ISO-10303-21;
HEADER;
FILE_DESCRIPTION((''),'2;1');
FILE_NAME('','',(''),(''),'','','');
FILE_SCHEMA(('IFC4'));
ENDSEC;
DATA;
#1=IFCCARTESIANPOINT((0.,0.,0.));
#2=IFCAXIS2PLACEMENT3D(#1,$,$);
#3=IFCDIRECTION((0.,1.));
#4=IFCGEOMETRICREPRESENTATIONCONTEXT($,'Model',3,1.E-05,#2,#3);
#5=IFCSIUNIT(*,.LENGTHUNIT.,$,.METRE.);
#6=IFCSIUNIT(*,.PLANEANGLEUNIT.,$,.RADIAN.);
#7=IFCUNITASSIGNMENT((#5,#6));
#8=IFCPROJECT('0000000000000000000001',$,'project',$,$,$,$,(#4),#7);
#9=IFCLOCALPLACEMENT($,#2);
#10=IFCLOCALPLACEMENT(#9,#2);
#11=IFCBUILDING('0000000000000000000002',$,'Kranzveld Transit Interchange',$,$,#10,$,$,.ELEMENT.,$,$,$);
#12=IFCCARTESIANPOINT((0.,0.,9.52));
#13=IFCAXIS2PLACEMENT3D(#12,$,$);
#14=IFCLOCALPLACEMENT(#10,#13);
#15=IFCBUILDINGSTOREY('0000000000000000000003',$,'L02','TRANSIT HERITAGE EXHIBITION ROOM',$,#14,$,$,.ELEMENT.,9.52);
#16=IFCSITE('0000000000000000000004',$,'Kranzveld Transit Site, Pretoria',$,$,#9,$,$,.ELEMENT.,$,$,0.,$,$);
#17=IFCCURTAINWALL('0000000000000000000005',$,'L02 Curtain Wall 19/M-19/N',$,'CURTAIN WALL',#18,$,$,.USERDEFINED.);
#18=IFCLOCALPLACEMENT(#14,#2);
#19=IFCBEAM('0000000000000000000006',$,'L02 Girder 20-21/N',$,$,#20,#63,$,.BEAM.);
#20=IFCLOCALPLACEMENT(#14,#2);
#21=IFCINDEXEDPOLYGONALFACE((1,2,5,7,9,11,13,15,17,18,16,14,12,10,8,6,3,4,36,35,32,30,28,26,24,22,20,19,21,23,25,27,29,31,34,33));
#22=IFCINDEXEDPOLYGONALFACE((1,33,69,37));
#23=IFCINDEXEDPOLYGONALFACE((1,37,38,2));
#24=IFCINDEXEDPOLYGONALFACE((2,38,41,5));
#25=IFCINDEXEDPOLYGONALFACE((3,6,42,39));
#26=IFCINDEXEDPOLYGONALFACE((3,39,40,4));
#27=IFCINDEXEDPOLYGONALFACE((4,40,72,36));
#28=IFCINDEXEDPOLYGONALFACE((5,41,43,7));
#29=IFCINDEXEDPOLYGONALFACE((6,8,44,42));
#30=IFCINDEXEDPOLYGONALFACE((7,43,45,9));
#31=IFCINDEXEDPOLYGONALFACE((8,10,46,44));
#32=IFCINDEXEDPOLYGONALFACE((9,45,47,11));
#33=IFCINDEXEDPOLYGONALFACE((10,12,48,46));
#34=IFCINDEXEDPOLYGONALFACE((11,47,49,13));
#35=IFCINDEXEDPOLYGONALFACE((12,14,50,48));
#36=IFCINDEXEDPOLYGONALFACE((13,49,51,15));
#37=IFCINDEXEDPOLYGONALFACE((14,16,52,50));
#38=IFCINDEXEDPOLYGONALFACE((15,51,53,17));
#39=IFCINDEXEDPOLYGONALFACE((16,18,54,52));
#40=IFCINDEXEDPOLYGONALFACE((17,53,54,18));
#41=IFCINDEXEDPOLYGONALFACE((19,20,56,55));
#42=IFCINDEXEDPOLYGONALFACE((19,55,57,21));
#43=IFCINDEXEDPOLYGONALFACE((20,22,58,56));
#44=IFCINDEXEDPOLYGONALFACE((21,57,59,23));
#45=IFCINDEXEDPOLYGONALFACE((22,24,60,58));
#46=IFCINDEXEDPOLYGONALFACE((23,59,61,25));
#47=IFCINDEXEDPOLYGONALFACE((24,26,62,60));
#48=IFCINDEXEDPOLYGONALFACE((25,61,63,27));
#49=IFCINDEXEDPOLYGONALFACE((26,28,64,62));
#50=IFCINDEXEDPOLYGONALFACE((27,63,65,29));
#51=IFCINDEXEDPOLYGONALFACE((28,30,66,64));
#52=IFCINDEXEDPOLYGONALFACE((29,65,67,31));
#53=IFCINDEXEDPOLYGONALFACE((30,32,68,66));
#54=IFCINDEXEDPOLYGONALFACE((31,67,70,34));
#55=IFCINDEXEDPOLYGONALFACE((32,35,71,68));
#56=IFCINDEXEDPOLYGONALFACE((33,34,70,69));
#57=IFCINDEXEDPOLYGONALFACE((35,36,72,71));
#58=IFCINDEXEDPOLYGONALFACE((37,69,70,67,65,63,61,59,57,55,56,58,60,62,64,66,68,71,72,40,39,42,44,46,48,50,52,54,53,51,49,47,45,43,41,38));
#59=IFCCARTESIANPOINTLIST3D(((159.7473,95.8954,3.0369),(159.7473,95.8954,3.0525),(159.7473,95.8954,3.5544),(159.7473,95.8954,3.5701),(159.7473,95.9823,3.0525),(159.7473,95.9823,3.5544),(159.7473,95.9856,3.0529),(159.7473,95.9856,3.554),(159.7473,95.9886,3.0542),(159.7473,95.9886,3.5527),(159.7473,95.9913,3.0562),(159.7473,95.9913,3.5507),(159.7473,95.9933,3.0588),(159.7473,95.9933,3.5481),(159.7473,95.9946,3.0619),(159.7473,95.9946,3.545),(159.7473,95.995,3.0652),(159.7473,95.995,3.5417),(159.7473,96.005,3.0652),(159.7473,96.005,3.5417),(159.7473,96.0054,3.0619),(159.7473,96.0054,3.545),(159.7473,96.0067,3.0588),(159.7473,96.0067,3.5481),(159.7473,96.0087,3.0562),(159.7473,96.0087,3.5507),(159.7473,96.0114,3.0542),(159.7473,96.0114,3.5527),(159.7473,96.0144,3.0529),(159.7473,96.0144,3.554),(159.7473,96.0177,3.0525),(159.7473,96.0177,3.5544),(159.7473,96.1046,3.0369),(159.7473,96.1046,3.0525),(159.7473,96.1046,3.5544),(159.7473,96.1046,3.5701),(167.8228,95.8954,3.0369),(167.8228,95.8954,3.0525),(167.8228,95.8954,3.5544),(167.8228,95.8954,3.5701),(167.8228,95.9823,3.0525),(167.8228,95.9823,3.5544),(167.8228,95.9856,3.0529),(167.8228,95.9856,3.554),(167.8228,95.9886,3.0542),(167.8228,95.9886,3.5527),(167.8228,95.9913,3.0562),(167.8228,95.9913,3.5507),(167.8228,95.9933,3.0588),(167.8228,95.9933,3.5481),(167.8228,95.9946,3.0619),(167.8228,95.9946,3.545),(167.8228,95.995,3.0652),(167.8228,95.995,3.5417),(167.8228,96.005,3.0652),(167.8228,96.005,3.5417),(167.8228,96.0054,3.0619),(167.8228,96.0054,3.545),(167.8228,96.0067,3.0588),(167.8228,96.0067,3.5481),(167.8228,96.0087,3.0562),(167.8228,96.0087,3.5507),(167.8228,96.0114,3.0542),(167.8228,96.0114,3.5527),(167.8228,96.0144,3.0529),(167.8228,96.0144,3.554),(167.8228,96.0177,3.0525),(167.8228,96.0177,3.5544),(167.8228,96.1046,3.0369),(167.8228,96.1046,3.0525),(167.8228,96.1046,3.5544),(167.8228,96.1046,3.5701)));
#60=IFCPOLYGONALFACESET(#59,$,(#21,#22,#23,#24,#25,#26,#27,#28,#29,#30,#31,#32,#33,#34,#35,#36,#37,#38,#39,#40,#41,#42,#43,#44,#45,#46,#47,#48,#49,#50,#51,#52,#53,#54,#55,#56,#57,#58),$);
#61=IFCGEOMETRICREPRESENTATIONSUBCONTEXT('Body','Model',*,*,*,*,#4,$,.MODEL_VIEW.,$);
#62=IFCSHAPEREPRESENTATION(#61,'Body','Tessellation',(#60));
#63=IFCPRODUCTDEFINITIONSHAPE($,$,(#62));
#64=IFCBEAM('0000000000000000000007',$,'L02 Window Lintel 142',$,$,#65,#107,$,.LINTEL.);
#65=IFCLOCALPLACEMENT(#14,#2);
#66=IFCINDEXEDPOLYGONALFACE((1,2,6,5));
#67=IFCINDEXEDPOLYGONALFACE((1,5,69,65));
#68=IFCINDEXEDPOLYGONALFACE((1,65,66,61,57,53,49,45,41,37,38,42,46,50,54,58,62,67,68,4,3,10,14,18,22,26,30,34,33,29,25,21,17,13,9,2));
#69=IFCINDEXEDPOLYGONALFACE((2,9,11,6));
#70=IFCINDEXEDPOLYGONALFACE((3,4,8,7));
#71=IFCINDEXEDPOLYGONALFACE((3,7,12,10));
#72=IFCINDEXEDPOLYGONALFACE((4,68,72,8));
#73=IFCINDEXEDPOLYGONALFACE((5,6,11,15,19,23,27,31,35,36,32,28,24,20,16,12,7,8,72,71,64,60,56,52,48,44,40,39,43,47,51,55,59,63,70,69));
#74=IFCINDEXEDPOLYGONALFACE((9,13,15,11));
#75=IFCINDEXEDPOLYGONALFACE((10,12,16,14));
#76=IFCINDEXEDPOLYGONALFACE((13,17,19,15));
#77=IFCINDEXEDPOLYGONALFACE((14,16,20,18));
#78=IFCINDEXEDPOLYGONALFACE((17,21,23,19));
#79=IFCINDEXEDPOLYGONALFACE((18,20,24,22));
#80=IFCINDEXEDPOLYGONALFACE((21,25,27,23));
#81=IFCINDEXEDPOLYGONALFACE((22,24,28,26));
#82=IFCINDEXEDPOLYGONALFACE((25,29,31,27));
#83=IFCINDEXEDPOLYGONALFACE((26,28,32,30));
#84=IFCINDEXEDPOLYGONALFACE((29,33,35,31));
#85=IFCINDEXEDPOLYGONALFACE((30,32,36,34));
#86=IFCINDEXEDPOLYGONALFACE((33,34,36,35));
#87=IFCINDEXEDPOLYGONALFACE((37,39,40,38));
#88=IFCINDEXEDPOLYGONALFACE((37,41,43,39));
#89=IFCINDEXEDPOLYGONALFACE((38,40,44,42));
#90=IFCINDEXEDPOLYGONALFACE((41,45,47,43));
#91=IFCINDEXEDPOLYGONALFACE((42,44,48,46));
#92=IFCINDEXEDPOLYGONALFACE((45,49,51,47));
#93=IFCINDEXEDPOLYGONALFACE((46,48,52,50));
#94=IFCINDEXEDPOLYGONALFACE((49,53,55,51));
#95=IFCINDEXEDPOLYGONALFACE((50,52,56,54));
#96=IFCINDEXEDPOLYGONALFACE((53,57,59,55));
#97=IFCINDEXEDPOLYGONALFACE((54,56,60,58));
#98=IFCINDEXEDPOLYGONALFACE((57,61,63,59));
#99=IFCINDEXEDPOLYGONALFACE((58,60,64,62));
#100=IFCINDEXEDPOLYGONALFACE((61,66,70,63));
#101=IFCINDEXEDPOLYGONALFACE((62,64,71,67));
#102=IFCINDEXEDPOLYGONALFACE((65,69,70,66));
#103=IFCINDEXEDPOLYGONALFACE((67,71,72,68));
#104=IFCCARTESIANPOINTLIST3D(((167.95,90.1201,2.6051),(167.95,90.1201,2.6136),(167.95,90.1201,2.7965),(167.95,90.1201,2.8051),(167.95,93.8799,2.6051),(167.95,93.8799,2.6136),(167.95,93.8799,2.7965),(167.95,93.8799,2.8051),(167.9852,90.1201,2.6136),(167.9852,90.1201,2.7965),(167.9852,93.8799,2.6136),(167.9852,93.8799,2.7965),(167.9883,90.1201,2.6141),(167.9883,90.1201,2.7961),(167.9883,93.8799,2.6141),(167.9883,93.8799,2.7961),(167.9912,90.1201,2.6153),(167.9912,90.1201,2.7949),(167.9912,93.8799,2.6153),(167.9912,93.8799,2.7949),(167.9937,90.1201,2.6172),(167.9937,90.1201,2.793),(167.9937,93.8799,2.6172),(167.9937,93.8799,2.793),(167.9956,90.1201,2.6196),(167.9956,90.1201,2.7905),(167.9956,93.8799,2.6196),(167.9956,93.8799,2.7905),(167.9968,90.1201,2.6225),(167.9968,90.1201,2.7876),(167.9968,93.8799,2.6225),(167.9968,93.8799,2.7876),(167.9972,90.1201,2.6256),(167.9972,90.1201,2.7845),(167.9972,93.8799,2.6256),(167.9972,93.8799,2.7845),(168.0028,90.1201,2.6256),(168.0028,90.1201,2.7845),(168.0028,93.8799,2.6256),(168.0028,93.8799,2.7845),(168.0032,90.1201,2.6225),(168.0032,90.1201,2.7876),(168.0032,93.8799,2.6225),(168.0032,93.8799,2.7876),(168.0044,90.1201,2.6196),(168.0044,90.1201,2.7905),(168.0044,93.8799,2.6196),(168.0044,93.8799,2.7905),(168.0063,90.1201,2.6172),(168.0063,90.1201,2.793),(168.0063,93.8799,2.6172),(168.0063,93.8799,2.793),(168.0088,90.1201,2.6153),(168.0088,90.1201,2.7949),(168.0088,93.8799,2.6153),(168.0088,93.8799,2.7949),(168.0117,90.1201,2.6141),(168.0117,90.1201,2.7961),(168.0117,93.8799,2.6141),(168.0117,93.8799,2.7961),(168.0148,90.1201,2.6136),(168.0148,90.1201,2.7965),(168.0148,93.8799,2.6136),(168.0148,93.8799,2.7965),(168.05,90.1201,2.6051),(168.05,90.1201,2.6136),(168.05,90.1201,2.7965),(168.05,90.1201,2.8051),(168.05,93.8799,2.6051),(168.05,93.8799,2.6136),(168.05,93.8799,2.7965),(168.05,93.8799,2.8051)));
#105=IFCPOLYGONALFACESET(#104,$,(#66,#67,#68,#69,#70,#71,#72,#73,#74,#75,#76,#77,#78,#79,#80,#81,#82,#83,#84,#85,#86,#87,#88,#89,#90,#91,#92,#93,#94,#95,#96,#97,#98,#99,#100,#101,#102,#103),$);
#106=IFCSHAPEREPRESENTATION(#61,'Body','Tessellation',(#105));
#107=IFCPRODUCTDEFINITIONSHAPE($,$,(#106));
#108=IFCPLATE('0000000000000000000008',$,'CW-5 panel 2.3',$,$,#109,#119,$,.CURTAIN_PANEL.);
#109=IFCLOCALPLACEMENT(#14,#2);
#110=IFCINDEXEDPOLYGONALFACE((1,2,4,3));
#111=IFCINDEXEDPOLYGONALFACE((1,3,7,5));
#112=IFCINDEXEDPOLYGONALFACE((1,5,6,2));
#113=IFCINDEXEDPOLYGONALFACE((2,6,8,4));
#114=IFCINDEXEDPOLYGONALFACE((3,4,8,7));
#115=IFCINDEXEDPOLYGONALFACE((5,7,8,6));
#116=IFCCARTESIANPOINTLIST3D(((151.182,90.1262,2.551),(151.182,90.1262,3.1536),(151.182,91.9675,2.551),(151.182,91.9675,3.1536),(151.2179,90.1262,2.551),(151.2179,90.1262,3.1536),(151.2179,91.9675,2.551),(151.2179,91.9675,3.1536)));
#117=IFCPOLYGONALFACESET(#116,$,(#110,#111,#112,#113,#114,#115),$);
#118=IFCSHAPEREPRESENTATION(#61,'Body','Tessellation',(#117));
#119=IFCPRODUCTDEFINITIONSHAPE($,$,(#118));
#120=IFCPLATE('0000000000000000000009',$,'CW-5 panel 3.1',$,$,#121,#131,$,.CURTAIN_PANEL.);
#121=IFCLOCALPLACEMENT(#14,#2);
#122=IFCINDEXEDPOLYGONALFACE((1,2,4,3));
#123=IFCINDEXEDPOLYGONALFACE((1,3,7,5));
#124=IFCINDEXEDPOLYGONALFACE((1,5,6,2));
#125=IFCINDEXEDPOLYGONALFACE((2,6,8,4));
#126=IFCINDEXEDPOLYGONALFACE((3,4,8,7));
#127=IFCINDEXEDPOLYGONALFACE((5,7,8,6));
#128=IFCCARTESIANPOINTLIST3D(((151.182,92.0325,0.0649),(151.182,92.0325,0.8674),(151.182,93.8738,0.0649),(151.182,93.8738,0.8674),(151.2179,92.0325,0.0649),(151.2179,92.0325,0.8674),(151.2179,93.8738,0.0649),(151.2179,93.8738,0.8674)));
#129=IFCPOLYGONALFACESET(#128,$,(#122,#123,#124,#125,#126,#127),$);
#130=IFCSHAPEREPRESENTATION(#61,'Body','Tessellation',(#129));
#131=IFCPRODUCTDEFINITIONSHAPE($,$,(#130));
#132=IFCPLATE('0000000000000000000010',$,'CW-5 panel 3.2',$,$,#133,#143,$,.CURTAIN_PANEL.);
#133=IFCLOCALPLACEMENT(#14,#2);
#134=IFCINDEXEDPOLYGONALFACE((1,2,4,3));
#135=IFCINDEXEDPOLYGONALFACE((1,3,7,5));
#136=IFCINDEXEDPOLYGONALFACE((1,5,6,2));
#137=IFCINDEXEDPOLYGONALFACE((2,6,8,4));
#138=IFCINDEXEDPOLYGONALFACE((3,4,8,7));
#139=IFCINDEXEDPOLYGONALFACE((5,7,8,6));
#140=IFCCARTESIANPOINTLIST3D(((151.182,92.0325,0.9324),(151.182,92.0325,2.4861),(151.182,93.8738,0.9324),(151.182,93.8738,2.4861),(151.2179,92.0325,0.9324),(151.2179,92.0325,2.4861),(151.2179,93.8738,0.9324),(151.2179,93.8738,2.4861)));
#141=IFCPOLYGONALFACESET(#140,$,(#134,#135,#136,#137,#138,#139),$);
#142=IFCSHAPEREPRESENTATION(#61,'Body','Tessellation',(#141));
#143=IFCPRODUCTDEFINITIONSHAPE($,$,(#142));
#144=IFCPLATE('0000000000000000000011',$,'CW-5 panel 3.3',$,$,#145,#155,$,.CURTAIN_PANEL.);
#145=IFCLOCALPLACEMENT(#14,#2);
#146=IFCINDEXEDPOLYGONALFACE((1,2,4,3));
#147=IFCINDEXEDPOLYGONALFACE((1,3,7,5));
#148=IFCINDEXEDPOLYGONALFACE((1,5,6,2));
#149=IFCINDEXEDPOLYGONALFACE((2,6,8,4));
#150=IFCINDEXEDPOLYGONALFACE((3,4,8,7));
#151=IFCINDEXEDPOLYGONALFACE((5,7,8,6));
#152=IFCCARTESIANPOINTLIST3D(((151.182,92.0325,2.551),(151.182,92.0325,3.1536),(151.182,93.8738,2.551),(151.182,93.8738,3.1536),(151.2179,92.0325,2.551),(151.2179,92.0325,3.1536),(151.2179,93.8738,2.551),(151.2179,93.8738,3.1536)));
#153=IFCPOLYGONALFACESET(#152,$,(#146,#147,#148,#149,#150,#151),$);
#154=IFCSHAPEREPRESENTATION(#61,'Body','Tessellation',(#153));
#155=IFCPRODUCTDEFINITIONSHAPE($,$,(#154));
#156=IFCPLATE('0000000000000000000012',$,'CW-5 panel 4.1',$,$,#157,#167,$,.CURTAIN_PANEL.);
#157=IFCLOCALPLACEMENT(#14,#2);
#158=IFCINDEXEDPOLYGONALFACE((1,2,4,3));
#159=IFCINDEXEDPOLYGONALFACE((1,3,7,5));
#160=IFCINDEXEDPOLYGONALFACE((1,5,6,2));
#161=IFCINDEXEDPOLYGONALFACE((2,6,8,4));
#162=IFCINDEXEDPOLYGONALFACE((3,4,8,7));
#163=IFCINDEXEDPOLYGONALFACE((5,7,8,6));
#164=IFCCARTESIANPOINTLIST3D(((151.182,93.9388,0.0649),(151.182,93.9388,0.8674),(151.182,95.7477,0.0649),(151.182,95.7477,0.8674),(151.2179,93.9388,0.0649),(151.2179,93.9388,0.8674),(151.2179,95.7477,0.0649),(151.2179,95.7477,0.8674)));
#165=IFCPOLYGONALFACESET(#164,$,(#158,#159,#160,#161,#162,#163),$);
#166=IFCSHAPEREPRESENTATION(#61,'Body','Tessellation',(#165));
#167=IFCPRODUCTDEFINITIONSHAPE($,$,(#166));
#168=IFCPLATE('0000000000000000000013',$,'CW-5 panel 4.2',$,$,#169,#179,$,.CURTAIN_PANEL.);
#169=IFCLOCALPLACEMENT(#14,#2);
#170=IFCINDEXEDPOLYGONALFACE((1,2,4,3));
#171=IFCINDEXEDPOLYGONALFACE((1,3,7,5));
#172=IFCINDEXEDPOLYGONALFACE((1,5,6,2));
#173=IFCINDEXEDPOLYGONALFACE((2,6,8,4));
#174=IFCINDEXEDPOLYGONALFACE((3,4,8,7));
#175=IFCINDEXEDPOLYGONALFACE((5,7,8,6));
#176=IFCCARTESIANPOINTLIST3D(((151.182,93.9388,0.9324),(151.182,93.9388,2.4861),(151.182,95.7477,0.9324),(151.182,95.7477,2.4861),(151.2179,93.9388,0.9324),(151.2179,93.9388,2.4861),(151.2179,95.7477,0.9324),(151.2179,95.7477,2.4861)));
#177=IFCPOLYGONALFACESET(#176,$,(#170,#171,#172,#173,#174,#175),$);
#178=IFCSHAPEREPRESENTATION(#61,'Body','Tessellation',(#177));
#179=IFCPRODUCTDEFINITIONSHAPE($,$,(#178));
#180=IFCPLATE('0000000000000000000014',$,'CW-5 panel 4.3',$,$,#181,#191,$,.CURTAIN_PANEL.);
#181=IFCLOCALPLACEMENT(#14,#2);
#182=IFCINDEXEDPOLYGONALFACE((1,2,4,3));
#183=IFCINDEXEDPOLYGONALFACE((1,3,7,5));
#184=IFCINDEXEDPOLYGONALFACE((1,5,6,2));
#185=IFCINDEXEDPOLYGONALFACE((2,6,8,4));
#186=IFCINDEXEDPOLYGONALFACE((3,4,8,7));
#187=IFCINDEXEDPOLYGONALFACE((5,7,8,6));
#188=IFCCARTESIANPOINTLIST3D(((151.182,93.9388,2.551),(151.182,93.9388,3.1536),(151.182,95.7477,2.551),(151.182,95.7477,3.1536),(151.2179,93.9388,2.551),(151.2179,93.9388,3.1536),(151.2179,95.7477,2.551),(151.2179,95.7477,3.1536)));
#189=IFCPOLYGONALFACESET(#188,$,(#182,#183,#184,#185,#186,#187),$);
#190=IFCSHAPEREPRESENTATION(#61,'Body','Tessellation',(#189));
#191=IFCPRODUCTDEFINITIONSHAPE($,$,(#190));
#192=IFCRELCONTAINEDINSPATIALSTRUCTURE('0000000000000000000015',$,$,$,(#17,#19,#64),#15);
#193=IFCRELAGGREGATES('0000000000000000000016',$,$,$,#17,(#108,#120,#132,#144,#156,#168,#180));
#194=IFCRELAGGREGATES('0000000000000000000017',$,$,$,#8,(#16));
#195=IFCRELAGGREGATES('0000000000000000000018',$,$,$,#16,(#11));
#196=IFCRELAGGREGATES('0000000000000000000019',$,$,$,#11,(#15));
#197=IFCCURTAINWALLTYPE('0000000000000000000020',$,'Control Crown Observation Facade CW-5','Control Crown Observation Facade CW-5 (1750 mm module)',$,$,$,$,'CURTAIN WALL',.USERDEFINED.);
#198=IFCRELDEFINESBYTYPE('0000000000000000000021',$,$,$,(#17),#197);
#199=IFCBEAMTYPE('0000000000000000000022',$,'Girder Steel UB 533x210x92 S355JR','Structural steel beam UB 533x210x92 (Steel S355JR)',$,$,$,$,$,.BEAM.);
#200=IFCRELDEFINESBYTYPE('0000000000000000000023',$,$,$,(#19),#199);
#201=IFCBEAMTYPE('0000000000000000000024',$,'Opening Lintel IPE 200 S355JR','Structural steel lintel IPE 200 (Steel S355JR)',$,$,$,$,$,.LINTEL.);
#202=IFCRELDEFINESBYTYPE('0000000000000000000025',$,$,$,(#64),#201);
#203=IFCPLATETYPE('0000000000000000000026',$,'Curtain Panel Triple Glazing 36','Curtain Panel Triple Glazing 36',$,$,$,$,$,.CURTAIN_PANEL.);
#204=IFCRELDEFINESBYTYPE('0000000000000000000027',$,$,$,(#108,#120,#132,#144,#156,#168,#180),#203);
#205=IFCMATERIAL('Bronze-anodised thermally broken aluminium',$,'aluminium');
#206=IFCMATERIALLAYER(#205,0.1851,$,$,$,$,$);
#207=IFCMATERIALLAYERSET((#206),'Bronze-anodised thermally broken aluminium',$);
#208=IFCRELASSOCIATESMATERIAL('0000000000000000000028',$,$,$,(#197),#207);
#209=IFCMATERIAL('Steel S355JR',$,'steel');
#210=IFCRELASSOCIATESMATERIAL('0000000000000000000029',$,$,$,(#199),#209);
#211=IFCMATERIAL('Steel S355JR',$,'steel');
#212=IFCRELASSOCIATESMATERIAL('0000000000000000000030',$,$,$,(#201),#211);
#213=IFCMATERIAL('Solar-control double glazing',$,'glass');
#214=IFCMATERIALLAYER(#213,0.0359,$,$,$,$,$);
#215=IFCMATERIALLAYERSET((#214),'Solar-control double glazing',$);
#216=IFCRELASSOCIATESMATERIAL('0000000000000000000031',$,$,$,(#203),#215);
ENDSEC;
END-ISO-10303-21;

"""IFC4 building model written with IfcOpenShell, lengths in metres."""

from ifc_helpers import new_model, si_unit, direction, frame, origin, origin_2d, place, context, subcontext, project, spatial, rectangle, i_section, extrude, material, layer, layer_set, material_profile, profile_set, type_object, element, aggregate, save


model = new_model("IFC4")

# Units and contexts
model_context = context("Model", 3, precision=1e-05, world=origin(), true_north=direction((0.0, 1.0)))
body_context = subcontext(model_context, "Body", "Model", "MODEL_VIEW")
ifc_project = project(units=[si_unit("LENGTHUNIT", "METRE"), si_unit("PLANEANGLEUNIT", "RADIAN")], contexts=[model_context])

# Site, building, storey
site_placement = place(None, origin())
site = spatial("IfcSite", under=ifc_project, at=site_placement, Name="Kranzveld Transit Site, Pretoria", CompositionType="ELEMENT", RefElevation=0.0)
building_placement = place(site_placement, origin())
building = spatial("IfcBuilding", under=site, at=building_placement, Name="Kranzveld Transit Interchange", CompositionType="ELEMENT")
storey_placement = place(building_placement, frame((0.0, 0.0, 9.52)))
storey = spatial("IfcBuildingStorey", under=building, at=storey_placement, Name="L02", Description="TRANSIT HERITAGE EXHIBITION ROOM", CompositionType="ELEMENT", Elevation=9.52)

# Curtain wall
ifc_material_1 = material(Name="Bronze-anodised thermally broken aluminium", Category="aluminium")
ifc_layer_1 = layer(ifc_material_1, 0.1851)
ifc_layer_set_1 = layer_set([ifc_layer_1], Name="Bronze-anodised thermally broken aluminium")
curtain_wall_type = type_object("IfcCurtainWallType", Name="Control Crown Observation Facade CW-5", Description="Control Crown Observation Facade CW-5 (1750 mm module)", ElementType="CURTAIN WALL", PredefinedType="USERDEFINED", material=ifc_layer_set_1)
curtain_wall_placement = place(storey_placement, origin())
curtain_wall = element("IfcCurtainWall", 1, at=curtain_wall_placement, inside=storey, type_object=curtain_wall_type, Name="L02 Curtain Wall 19/M-19/N", ObjectType="CURTAIN WALL", PredefinedType="USERDEFINED")

# Beams
ifc_material_2 = material(Name="Steel S355JR", Category="steel")
ifc_material_profile_1 = material_profile(ifc_material_2, i_section(OverallWidth=0.2092, OverallDepth=0.5332, WebThickness=0.01, FlangeThickness=0.0156, FilletRadius=0.0127, at=origin_2d()), Name="UB 533x210x92")
ifc_profile_set_1 = profile_set([ifc_material_profile_1], Name="Steel S355JR")
beam_type_1 = type_object("IfcBeamType", Name="Girder Steel UB 533x210x92 S355JR", Description="Structural steel beam UB 533x210x92 (Steel S355JR)", PredefinedType="BEAM", material=ifc_profile_set_1)
beam_1_placement = place(storey_placement, frame((159.7473, 96.0, 3.3035), z_axis=(1.0, 0.0, 0.0), x_axis=(0.0, 1.0, 0.0)))
element("IfcBeam", 2, at=beam_1_placement, inside=storey, type_object=beam_type_1, Name="L02 Girder 20-21/N", PredefinedType="BEAM", context=body_context, shape_type="SweptSolid", body=[
    extrude(i_section(OverallWidth=0.2092, OverallDepth=0.5332, WebThickness=0.01, FlangeThickness=0.0156, FilletRadius=0.0127, at=origin_2d()), origin(), (0.0, 0.0, 1.0), 8.0754),
])
ifc_material_3 = material(Name="Steel S355JR", Category="steel")
ifc_material_profile_2 = material_profile(ifc_material_3, i_section(OverallWidth=0.1001, OverallDepth=0.2, WebThickness=0.0056, FlangeThickness=0.0085, FilletRadius=0.012, at=origin_2d()), Name="IPE 200")
ifc_profile_set_2 = profile_set([ifc_material_profile_2], Name="Steel S355JR")
beam_type_2 = type_object("IfcBeamType", Name="Opening Lintel IPE 200 S355JR", Description="Structural steel lintel IPE 200 (Steel S355JR)", PredefinedType="LINTEL", material=ifc_profile_set_2)
beam_2_placement = place(storey_placement, frame((168.0, 90.1201, 2.7051), z_axis=(0.0, 1.0, 0.0), x_axis=(-1.0, 0.0, 0.0)))
element("IfcBeam", 3, at=beam_2_placement, inside=storey, type_object=beam_type_2, Name="L02 Window Lintel 142", PredefinedType="LINTEL", context=body_context, shape_type="SweptSolid", body=[
    extrude(i_section(OverallWidth=0.1001, OverallDepth=0.2, WebThickness=0.0056, FlangeThickness=0.0085, FilletRadius=0.012, at=origin_2d()), origin(), (0.0, 0.0, 1.0), 3.7598),
])

# Plates
ifc_material_4 = material(Name="Solar-control double glazing", Category="glass")
ifc_layer_2 = layer(ifc_material_4, 0.0359)
ifc_layer_set_2 = layer_set([ifc_layer_2], Name="Solar-control double glazing")
plate_type = type_object("IfcPlateType", Name="Curtain Panel Triple Glazing 36", Description="Curtain Panel Triple Glazing 36", PredefinedType="CURTAIN_PANEL", material=ifc_layer_set_2)
plate_1_placement = place(storey_placement, frame((151.2, 91.0469, 2.551), z_axis=(0.0, 0.0, 1.0), x_axis=(0.0, 1.0, 0.0)))
plate_1 = element("IfcPlate", 4, at=plate_1_placement, type_object=plate_type, Name="CW-5 panel 2.3", PredefinedType="CURTAIN_PANEL", context=body_context, shape_type="SweptSolid", body=[
    extrude(rectangle(XDim=1.8413, YDim=0.0359, at=origin_2d()), origin(), (0.0, 0.0, 1.0), 0.6025),
])
plate_2_placement = place(storey_placement, frame((151.2, 92.9531, 0.0649), z_axis=(0.0, 0.0, 1.0), x_axis=(0.0, 1.0, 0.0)))
plate_2 = element("IfcPlate", 5, at=plate_2_placement, type_object=plate_type, Name="CW-5 panel 3.1", PredefinedType="CURTAIN_PANEL", context=body_context, shape_type="SweptSolid", body=[
    extrude(rectangle(XDim=1.8413, YDim=0.0359, at=origin_2d()), origin(), (0.0, 0.0, 1.0), 0.8025),
])
plate_3_placement = place(storey_placement, frame((151.2, 92.9531, 0.9324), z_axis=(0.0, 0.0, 1.0), x_axis=(0.0, 1.0, 0.0)))
plate_3 = element("IfcPlate", 6, at=plate_3_placement, type_object=plate_type, Name="CW-5 panel 3.2", PredefinedType="CURTAIN_PANEL", context=body_context, shape_type="SweptSolid", body=[
    extrude(rectangle(XDim=1.8413, YDim=0.0359, at=origin_2d()), origin(), (0.0, 0.0, 1.0), 1.5537),
])
plate_4_placement = place(storey_placement, frame((151.2, 92.9531, 2.551), z_axis=(0.0, 0.0, 1.0), x_axis=(0.0, 1.0, 0.0)))
plate_4 = element("IfcPlate", 7, at=plate_4_placement, type_object=plate_type, Name="CW-5 panel 3.3", PredefinedType="CURTAIN_PANEL", context=body_context, shape_type="SweptSolid", body=[
    extrude(rectangle(XDim=1.8413, YDim=0.0359, at=origin_2d()), origin(), (0.0, 0.0, 1.0), 0.6025),
])
plate_5_placement = place(storey_placement, frame((151.2, 94.8433, 0.0649), z_axis=(0.0, 0.0, 1.0), x_axis=(0.0, 1.0, 0.0)))
plate_5 = element("IfcPlate", 8, at=plate_5_placement, type_object=plate_type, Name="CW-5 panel 4.1", PredefinedType="CURTAIN_PANEL", context=body_context, shape_type="SweptSolid", body=[
    extrude(rectangle(XDim=1.8088, YDim=0.0359, at=origin_2d()), origin(), (0.0, 0.0, 1.0), 0.8025),
])
plate_6_placement = place(storey_placement, frame((151.2, 94.8433, 0.9324), z_axis=(0.0, 0.0, 1.0), x_axis=(0.0, 1.0, 0.0)))
plate_6 = element("IfcPlate", 9, at=plate_6_placement, type_object=plate_type, Name="CW-5 panel 4.2", PredefinedType="CURTAIN_PANEL", context=body_context, shape_type="SweptSolid", body=[
    extrude(rectangle(XDim=1.8088, YDim=0.0359, at=origin_2d()), origin(), (0.0, 0.0, 1.0), 1.5537),
])
plate_7_placement = place(storey_placement, frame((151.2, 94.8433, 2.551), z_axis=(0.0, 0.0, 1.0), x_axis=(0.0, 1.0, 0.0)))
plate_7 = element("IfcPlate", 10, at=plate_7_placement, type_object=plate_type, Name="CW-5 panel 4.3", PredefinedType="CURTAIN_PANEL", context=body_context, shape_type="SweptSolid", body=[
    extrude(rectangle(XDim=1.8088, YDim=0.0359, at=origin_2d()), origin(), (0.0, 0.0, 1.0), 0.6025),
])
aggregate(curtain_wall, [plate_1, plate_2, plate_3, plate_4, plate_5, plate_6, plate_7])

save(model, "model.ifc")
